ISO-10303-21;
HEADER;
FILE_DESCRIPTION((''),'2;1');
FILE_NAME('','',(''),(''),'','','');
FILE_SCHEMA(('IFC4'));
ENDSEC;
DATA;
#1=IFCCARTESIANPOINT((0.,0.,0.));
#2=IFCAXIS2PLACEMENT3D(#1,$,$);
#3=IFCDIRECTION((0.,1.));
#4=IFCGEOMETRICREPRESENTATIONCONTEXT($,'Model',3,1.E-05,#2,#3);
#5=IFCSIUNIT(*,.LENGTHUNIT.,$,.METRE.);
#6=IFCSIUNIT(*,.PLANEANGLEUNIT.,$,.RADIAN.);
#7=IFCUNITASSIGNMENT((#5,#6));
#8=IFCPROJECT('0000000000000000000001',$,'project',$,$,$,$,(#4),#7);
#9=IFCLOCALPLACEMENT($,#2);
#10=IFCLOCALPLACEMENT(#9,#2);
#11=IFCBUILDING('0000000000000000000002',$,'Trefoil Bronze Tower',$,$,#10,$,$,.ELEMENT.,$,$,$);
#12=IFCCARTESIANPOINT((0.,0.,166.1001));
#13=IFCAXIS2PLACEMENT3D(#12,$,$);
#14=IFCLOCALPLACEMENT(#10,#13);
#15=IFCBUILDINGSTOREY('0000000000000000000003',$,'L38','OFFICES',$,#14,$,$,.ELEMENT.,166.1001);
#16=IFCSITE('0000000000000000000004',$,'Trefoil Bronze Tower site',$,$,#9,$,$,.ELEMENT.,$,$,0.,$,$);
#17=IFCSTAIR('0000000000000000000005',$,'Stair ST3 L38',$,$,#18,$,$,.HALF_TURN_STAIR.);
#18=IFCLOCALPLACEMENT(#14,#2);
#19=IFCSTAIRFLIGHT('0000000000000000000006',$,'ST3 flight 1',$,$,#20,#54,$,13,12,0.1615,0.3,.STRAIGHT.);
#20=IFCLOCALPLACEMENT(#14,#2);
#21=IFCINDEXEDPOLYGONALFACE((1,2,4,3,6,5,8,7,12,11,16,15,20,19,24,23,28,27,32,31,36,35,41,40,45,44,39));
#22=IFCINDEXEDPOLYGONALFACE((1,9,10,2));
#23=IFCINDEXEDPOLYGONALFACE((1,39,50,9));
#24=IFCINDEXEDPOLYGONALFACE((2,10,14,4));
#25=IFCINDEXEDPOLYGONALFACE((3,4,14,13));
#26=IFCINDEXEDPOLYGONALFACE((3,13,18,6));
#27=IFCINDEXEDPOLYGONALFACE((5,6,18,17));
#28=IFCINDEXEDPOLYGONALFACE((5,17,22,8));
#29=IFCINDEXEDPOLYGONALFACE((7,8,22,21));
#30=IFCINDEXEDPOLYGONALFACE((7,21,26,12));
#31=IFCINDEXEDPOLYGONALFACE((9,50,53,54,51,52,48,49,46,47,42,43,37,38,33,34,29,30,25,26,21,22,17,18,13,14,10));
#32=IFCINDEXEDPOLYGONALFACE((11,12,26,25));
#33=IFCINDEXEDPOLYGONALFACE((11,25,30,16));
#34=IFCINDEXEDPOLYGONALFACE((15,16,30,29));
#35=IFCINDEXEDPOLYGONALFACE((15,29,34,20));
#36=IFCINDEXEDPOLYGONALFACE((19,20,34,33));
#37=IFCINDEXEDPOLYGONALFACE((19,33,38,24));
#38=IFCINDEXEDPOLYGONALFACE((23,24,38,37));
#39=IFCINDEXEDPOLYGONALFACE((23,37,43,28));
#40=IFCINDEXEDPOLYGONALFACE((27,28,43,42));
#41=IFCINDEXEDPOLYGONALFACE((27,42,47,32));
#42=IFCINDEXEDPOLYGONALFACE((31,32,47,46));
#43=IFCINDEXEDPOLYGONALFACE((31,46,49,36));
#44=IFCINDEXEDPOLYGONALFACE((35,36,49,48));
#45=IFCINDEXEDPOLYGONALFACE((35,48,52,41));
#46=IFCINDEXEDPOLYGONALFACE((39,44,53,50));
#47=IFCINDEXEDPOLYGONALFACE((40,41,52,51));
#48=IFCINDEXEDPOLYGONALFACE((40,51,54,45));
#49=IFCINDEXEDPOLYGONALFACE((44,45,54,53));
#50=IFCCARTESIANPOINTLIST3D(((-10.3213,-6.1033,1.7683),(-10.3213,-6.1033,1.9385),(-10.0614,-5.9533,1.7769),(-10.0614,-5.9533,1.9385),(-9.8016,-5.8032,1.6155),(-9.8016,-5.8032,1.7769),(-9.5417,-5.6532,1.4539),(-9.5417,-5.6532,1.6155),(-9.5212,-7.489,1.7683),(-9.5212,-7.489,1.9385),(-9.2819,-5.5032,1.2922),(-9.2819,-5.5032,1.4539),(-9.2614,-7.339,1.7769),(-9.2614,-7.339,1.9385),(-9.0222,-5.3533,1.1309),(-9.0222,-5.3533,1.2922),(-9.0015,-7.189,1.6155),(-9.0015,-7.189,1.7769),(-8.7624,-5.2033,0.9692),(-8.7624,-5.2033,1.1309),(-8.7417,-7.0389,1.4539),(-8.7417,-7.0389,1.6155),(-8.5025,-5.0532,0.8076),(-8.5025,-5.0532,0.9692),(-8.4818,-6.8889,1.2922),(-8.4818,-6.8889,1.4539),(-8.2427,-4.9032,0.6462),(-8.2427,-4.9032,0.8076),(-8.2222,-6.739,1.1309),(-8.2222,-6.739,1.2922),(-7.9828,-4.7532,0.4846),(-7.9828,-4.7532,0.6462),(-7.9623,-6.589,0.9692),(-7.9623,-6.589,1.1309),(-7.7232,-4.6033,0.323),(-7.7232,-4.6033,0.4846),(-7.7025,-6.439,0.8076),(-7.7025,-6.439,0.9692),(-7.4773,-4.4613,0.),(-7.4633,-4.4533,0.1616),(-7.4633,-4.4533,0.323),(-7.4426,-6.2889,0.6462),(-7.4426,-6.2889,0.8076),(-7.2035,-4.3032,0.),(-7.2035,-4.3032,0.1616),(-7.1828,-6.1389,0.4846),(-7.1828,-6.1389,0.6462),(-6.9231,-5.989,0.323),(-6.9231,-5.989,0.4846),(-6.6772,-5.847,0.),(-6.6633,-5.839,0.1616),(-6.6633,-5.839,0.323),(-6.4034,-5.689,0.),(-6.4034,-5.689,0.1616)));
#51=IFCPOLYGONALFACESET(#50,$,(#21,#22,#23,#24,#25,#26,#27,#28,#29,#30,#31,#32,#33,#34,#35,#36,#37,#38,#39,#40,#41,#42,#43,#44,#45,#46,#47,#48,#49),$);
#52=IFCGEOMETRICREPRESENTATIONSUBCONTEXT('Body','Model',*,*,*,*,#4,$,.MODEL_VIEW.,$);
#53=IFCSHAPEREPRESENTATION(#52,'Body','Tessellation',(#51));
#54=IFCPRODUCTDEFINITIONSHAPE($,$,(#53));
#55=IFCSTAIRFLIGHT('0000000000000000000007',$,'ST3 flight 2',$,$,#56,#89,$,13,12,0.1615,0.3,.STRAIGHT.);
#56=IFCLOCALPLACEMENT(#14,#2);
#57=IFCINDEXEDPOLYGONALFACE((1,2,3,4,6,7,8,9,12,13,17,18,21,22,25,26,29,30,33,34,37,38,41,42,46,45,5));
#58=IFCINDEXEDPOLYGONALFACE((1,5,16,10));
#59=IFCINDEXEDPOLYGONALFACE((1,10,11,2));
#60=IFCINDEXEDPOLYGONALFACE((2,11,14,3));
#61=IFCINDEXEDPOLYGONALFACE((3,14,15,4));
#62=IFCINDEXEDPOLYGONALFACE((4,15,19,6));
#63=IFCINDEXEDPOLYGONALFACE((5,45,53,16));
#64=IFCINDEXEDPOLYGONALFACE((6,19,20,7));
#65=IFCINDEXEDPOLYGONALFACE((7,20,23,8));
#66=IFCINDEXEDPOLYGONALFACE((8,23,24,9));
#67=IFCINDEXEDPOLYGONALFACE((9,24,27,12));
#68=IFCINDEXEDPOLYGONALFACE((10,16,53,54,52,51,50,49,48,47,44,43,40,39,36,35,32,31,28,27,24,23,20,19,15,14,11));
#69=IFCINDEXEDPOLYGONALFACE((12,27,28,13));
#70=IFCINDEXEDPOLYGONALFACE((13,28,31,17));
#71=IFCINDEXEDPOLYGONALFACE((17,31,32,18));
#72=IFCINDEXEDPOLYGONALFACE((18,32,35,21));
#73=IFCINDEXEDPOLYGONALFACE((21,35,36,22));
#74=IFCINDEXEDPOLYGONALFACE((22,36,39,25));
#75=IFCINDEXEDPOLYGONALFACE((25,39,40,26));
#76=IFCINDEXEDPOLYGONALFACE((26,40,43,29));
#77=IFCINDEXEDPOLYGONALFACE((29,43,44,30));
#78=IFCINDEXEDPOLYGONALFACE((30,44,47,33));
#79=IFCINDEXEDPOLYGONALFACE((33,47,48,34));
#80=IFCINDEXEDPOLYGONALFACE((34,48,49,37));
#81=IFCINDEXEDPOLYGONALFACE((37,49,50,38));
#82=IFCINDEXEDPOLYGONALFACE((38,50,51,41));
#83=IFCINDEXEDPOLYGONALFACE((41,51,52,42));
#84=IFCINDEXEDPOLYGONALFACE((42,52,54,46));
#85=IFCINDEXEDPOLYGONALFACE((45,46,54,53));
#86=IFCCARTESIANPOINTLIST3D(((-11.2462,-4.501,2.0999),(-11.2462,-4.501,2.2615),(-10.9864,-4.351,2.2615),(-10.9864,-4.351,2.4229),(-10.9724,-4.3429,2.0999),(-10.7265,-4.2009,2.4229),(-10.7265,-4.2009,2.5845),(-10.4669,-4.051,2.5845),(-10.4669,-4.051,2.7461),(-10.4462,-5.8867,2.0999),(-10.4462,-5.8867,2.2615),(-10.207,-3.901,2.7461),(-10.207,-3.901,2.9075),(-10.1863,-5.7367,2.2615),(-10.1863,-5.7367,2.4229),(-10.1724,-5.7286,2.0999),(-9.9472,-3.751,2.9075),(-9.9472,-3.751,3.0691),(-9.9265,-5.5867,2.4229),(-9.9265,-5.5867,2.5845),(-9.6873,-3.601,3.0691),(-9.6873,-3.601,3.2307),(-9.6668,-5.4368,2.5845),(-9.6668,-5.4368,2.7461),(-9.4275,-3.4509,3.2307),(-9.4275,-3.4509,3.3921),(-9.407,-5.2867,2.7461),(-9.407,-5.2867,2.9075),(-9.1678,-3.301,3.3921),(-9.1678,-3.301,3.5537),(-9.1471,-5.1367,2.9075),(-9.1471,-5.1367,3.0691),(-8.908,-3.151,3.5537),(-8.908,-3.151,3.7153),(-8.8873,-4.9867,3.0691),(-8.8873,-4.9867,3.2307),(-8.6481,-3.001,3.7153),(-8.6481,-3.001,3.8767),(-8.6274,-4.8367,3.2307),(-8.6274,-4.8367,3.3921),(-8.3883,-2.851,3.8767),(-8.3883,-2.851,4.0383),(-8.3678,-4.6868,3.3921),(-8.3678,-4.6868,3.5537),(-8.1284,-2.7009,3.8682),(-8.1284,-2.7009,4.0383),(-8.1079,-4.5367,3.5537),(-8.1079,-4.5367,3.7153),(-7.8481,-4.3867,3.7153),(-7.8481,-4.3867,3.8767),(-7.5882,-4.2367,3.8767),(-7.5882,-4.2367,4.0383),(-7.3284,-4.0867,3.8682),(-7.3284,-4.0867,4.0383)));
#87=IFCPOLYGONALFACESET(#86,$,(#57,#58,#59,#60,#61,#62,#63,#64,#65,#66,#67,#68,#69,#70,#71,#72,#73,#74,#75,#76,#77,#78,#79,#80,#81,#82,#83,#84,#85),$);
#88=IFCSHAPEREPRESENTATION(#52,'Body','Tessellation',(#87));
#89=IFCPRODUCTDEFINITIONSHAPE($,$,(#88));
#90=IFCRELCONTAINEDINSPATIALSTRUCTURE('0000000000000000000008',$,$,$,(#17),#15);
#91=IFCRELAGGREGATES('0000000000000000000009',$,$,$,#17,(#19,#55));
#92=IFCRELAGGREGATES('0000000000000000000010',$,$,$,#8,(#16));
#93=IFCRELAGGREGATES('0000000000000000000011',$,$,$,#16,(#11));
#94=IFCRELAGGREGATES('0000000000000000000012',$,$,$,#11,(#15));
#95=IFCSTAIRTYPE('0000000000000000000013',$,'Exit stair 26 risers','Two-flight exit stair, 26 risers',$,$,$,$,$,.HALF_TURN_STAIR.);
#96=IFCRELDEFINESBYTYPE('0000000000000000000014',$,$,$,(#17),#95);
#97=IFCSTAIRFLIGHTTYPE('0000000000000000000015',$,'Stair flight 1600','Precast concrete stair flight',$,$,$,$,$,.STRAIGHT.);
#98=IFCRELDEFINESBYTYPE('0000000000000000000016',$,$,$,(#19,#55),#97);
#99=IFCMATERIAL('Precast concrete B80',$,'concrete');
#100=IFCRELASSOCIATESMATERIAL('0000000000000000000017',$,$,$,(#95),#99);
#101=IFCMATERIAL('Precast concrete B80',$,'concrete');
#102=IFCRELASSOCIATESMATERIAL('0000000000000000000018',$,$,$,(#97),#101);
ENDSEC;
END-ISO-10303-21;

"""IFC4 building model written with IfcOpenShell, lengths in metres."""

from ifc_helpers import new_model, si_unit, direction, frame, origin, place, context, subcontext, project, spatial, polyline, outline, extrude, material, type_object, element, aggregate, save


model = new_model("IFC4")

# Units and contexts
model_context = context("Model", 3, precision=1e-05, world=origin(), true_north=direction((0.0, 1.0)))
body_context = subcontext(model_context, "Body", "Model", "MODEL_VIEW")
ifc_project = project(units=[si_unit("LENGTHUNIT", "METRE"), si_unit("PLANEANGLEUNIT", "RADIAN")], contexts=[model_context])

# Site, building, storey
site_placement = place(None, origin())
site = spatial("IfcSite", under=ifc_project, at=site_placement, Name="Trefoil Bronze Tower site", CompositionType="ELEMENT", RefElevation=0.0)
building_placement = place(site_placement, origin())
building = spatial("IfcBuilding", under=site, at=building_placement, Name="Trefoil Bronze Tower", CompositionType="ELEMENT")
storey_placement = place(building_placement, frame((0.0, 0.0, 166.1001)))
storey = spatial("IfcBuildingStorey", under=building, at=storey_placement, Name="L38", Description="OFFICES", CompositionType="ELEMENT", Elevation=166.1001)

# Stair, stair flights
ifc_material_1 = material(Name="Precast concrete B80", Category="concrete")
stair_type = type_object("IfcStairType", Name="Exit stair 26 risers", Description="Two-flight exit stair, 26 risers", PredefinedType="HALF_TURN_STAIR", material=ifc_material_1)
stair_placement = place(storey_placement, origin())
stair = element("IfcStair", 1, at=stair_placement, inside=storey, type_object=stair_type, Name="Stair ST3 L38", PredefinedType="HALF_TURN_STAIR")
ifc_material_2 = material(Name="Precast concrete B80", Category="concrete")
stair_flight_type = type_object("IfcStairFlightType", Name="Stair flight 1600", Description="Precast concrete stair flight", PredefinedType="STRAIGHT", material=ifc_material_2)
stair_flight_1_placement = place(storey_placement, frame((-6.8035, -4.9961, 0.0), z_axis=(0.0, 0.0, 1.0), x_axis=(-0.866025, -0.5, 0.0)))
stair_flight_1 = element("IfcStairFlight", 2, at=stair_flight_1_placement, type_object=stair_flight_type, Name="ST3 flight 1", NumberOfRisers=13, NumberOfTreads=12, PredefinedType="STRAIGHT", RiserHeight=0.1615, TreadLength=0.3, context=body_context, shape_type="SweptSolid", body=[
    extrude(outline(polyline([(0.0, 0.0), (0.0, 0.1616), (0.3, 0.1616), (0.3, 0.323), (0.6001, 0.323), (0.6001, 0.4846), (0.8999, 0.4846), (0.8999, 0.6462), (1.2, 0.6462), (1.2, 0.8076), (1.5, 0.8076), (1.5, 0.9692), (1.8, 0.9692), (1.8, 1.1309), (2.1001, 1.1309), (2.1001, 1.2922), (2.3999, 1.2922), (2.3999, 1.4539), (2.7, 1.4539), (2.7, 1.6155), (3.0, 1.6155), (3.0, 1.7769), (3.3, 1.7769), (3.3, 1.9385), (3.6001, 1.9385), (3.6001, 2.1001), (3.6001, 1.7683), (0.3162, 0.0), (0.0, 0.0)])), frame((0.0, 0.8, 0.0), z_axis=(0.0, -1.0, 0.0), x_axis=(1.0, 0.0, 0.0)), (0.0, 0.0, 1.0), 1.6001),
])
stair_flight_2_placement = place(storey_placement, frame((-10.8462, -5.1938, 2.0999), z_axis=(0.0, 0.0, 1.0), x_axis=(0.866025, 0.5, 0.0)))
stair_flight_2 = element("IfcStairFlight", 3, at=stair_flight_2_placement, type_object=stair_flight_type, Name="ST3 flight 2", NumberOfRisers=13, NumberOfTreads=12, PredefinedType="STRAIGHT", RiserHeight=0.1615, TreadLength=0.3, context=body_context, shape_type="SweptSolid", body=[
    extrude(outline(polyline([(0.0, 0.0), (0.0, 0.1616), (0.3, 0.1616), (0.3, 0.323), (0.6001, 0.323), (0.6001, 0.4846), (0.8999, 0.4846), (0.8999, 0.6462), (1.2, 0.6462), (1.2, 0.8076), (1.5, 0.8076), (1.5, 0.9692), (1.8, 0.9692), (1.8, 1.1309), (2.1001, 1.1309), (2.1001, 1.2922), (2.3999, 1.2922), (2.3999, 1.4539), (2.7, 1.4539), (2.7, 1.6155), (3.0, 1.6155), (3.0, 1.7769), (3.3, 1.7769), (3.3, 1.9385), (3.6001, 1.9385), (3.6001, 2.1001), (3.6001, 1.7683), (0.3162, 0.0), (0.0, 0.0)])), frame((0.0, 0.8, 0.0), z_axis=(0.0, -1.0, 0.0), x_axis=(1.0, 0.0, 0.0)), (0.0, 0.0, 1.0), 1.6001),
])
aggregate(stair, [stair_flight_1, stair_flight_2])

save(model, "model.ifc")
